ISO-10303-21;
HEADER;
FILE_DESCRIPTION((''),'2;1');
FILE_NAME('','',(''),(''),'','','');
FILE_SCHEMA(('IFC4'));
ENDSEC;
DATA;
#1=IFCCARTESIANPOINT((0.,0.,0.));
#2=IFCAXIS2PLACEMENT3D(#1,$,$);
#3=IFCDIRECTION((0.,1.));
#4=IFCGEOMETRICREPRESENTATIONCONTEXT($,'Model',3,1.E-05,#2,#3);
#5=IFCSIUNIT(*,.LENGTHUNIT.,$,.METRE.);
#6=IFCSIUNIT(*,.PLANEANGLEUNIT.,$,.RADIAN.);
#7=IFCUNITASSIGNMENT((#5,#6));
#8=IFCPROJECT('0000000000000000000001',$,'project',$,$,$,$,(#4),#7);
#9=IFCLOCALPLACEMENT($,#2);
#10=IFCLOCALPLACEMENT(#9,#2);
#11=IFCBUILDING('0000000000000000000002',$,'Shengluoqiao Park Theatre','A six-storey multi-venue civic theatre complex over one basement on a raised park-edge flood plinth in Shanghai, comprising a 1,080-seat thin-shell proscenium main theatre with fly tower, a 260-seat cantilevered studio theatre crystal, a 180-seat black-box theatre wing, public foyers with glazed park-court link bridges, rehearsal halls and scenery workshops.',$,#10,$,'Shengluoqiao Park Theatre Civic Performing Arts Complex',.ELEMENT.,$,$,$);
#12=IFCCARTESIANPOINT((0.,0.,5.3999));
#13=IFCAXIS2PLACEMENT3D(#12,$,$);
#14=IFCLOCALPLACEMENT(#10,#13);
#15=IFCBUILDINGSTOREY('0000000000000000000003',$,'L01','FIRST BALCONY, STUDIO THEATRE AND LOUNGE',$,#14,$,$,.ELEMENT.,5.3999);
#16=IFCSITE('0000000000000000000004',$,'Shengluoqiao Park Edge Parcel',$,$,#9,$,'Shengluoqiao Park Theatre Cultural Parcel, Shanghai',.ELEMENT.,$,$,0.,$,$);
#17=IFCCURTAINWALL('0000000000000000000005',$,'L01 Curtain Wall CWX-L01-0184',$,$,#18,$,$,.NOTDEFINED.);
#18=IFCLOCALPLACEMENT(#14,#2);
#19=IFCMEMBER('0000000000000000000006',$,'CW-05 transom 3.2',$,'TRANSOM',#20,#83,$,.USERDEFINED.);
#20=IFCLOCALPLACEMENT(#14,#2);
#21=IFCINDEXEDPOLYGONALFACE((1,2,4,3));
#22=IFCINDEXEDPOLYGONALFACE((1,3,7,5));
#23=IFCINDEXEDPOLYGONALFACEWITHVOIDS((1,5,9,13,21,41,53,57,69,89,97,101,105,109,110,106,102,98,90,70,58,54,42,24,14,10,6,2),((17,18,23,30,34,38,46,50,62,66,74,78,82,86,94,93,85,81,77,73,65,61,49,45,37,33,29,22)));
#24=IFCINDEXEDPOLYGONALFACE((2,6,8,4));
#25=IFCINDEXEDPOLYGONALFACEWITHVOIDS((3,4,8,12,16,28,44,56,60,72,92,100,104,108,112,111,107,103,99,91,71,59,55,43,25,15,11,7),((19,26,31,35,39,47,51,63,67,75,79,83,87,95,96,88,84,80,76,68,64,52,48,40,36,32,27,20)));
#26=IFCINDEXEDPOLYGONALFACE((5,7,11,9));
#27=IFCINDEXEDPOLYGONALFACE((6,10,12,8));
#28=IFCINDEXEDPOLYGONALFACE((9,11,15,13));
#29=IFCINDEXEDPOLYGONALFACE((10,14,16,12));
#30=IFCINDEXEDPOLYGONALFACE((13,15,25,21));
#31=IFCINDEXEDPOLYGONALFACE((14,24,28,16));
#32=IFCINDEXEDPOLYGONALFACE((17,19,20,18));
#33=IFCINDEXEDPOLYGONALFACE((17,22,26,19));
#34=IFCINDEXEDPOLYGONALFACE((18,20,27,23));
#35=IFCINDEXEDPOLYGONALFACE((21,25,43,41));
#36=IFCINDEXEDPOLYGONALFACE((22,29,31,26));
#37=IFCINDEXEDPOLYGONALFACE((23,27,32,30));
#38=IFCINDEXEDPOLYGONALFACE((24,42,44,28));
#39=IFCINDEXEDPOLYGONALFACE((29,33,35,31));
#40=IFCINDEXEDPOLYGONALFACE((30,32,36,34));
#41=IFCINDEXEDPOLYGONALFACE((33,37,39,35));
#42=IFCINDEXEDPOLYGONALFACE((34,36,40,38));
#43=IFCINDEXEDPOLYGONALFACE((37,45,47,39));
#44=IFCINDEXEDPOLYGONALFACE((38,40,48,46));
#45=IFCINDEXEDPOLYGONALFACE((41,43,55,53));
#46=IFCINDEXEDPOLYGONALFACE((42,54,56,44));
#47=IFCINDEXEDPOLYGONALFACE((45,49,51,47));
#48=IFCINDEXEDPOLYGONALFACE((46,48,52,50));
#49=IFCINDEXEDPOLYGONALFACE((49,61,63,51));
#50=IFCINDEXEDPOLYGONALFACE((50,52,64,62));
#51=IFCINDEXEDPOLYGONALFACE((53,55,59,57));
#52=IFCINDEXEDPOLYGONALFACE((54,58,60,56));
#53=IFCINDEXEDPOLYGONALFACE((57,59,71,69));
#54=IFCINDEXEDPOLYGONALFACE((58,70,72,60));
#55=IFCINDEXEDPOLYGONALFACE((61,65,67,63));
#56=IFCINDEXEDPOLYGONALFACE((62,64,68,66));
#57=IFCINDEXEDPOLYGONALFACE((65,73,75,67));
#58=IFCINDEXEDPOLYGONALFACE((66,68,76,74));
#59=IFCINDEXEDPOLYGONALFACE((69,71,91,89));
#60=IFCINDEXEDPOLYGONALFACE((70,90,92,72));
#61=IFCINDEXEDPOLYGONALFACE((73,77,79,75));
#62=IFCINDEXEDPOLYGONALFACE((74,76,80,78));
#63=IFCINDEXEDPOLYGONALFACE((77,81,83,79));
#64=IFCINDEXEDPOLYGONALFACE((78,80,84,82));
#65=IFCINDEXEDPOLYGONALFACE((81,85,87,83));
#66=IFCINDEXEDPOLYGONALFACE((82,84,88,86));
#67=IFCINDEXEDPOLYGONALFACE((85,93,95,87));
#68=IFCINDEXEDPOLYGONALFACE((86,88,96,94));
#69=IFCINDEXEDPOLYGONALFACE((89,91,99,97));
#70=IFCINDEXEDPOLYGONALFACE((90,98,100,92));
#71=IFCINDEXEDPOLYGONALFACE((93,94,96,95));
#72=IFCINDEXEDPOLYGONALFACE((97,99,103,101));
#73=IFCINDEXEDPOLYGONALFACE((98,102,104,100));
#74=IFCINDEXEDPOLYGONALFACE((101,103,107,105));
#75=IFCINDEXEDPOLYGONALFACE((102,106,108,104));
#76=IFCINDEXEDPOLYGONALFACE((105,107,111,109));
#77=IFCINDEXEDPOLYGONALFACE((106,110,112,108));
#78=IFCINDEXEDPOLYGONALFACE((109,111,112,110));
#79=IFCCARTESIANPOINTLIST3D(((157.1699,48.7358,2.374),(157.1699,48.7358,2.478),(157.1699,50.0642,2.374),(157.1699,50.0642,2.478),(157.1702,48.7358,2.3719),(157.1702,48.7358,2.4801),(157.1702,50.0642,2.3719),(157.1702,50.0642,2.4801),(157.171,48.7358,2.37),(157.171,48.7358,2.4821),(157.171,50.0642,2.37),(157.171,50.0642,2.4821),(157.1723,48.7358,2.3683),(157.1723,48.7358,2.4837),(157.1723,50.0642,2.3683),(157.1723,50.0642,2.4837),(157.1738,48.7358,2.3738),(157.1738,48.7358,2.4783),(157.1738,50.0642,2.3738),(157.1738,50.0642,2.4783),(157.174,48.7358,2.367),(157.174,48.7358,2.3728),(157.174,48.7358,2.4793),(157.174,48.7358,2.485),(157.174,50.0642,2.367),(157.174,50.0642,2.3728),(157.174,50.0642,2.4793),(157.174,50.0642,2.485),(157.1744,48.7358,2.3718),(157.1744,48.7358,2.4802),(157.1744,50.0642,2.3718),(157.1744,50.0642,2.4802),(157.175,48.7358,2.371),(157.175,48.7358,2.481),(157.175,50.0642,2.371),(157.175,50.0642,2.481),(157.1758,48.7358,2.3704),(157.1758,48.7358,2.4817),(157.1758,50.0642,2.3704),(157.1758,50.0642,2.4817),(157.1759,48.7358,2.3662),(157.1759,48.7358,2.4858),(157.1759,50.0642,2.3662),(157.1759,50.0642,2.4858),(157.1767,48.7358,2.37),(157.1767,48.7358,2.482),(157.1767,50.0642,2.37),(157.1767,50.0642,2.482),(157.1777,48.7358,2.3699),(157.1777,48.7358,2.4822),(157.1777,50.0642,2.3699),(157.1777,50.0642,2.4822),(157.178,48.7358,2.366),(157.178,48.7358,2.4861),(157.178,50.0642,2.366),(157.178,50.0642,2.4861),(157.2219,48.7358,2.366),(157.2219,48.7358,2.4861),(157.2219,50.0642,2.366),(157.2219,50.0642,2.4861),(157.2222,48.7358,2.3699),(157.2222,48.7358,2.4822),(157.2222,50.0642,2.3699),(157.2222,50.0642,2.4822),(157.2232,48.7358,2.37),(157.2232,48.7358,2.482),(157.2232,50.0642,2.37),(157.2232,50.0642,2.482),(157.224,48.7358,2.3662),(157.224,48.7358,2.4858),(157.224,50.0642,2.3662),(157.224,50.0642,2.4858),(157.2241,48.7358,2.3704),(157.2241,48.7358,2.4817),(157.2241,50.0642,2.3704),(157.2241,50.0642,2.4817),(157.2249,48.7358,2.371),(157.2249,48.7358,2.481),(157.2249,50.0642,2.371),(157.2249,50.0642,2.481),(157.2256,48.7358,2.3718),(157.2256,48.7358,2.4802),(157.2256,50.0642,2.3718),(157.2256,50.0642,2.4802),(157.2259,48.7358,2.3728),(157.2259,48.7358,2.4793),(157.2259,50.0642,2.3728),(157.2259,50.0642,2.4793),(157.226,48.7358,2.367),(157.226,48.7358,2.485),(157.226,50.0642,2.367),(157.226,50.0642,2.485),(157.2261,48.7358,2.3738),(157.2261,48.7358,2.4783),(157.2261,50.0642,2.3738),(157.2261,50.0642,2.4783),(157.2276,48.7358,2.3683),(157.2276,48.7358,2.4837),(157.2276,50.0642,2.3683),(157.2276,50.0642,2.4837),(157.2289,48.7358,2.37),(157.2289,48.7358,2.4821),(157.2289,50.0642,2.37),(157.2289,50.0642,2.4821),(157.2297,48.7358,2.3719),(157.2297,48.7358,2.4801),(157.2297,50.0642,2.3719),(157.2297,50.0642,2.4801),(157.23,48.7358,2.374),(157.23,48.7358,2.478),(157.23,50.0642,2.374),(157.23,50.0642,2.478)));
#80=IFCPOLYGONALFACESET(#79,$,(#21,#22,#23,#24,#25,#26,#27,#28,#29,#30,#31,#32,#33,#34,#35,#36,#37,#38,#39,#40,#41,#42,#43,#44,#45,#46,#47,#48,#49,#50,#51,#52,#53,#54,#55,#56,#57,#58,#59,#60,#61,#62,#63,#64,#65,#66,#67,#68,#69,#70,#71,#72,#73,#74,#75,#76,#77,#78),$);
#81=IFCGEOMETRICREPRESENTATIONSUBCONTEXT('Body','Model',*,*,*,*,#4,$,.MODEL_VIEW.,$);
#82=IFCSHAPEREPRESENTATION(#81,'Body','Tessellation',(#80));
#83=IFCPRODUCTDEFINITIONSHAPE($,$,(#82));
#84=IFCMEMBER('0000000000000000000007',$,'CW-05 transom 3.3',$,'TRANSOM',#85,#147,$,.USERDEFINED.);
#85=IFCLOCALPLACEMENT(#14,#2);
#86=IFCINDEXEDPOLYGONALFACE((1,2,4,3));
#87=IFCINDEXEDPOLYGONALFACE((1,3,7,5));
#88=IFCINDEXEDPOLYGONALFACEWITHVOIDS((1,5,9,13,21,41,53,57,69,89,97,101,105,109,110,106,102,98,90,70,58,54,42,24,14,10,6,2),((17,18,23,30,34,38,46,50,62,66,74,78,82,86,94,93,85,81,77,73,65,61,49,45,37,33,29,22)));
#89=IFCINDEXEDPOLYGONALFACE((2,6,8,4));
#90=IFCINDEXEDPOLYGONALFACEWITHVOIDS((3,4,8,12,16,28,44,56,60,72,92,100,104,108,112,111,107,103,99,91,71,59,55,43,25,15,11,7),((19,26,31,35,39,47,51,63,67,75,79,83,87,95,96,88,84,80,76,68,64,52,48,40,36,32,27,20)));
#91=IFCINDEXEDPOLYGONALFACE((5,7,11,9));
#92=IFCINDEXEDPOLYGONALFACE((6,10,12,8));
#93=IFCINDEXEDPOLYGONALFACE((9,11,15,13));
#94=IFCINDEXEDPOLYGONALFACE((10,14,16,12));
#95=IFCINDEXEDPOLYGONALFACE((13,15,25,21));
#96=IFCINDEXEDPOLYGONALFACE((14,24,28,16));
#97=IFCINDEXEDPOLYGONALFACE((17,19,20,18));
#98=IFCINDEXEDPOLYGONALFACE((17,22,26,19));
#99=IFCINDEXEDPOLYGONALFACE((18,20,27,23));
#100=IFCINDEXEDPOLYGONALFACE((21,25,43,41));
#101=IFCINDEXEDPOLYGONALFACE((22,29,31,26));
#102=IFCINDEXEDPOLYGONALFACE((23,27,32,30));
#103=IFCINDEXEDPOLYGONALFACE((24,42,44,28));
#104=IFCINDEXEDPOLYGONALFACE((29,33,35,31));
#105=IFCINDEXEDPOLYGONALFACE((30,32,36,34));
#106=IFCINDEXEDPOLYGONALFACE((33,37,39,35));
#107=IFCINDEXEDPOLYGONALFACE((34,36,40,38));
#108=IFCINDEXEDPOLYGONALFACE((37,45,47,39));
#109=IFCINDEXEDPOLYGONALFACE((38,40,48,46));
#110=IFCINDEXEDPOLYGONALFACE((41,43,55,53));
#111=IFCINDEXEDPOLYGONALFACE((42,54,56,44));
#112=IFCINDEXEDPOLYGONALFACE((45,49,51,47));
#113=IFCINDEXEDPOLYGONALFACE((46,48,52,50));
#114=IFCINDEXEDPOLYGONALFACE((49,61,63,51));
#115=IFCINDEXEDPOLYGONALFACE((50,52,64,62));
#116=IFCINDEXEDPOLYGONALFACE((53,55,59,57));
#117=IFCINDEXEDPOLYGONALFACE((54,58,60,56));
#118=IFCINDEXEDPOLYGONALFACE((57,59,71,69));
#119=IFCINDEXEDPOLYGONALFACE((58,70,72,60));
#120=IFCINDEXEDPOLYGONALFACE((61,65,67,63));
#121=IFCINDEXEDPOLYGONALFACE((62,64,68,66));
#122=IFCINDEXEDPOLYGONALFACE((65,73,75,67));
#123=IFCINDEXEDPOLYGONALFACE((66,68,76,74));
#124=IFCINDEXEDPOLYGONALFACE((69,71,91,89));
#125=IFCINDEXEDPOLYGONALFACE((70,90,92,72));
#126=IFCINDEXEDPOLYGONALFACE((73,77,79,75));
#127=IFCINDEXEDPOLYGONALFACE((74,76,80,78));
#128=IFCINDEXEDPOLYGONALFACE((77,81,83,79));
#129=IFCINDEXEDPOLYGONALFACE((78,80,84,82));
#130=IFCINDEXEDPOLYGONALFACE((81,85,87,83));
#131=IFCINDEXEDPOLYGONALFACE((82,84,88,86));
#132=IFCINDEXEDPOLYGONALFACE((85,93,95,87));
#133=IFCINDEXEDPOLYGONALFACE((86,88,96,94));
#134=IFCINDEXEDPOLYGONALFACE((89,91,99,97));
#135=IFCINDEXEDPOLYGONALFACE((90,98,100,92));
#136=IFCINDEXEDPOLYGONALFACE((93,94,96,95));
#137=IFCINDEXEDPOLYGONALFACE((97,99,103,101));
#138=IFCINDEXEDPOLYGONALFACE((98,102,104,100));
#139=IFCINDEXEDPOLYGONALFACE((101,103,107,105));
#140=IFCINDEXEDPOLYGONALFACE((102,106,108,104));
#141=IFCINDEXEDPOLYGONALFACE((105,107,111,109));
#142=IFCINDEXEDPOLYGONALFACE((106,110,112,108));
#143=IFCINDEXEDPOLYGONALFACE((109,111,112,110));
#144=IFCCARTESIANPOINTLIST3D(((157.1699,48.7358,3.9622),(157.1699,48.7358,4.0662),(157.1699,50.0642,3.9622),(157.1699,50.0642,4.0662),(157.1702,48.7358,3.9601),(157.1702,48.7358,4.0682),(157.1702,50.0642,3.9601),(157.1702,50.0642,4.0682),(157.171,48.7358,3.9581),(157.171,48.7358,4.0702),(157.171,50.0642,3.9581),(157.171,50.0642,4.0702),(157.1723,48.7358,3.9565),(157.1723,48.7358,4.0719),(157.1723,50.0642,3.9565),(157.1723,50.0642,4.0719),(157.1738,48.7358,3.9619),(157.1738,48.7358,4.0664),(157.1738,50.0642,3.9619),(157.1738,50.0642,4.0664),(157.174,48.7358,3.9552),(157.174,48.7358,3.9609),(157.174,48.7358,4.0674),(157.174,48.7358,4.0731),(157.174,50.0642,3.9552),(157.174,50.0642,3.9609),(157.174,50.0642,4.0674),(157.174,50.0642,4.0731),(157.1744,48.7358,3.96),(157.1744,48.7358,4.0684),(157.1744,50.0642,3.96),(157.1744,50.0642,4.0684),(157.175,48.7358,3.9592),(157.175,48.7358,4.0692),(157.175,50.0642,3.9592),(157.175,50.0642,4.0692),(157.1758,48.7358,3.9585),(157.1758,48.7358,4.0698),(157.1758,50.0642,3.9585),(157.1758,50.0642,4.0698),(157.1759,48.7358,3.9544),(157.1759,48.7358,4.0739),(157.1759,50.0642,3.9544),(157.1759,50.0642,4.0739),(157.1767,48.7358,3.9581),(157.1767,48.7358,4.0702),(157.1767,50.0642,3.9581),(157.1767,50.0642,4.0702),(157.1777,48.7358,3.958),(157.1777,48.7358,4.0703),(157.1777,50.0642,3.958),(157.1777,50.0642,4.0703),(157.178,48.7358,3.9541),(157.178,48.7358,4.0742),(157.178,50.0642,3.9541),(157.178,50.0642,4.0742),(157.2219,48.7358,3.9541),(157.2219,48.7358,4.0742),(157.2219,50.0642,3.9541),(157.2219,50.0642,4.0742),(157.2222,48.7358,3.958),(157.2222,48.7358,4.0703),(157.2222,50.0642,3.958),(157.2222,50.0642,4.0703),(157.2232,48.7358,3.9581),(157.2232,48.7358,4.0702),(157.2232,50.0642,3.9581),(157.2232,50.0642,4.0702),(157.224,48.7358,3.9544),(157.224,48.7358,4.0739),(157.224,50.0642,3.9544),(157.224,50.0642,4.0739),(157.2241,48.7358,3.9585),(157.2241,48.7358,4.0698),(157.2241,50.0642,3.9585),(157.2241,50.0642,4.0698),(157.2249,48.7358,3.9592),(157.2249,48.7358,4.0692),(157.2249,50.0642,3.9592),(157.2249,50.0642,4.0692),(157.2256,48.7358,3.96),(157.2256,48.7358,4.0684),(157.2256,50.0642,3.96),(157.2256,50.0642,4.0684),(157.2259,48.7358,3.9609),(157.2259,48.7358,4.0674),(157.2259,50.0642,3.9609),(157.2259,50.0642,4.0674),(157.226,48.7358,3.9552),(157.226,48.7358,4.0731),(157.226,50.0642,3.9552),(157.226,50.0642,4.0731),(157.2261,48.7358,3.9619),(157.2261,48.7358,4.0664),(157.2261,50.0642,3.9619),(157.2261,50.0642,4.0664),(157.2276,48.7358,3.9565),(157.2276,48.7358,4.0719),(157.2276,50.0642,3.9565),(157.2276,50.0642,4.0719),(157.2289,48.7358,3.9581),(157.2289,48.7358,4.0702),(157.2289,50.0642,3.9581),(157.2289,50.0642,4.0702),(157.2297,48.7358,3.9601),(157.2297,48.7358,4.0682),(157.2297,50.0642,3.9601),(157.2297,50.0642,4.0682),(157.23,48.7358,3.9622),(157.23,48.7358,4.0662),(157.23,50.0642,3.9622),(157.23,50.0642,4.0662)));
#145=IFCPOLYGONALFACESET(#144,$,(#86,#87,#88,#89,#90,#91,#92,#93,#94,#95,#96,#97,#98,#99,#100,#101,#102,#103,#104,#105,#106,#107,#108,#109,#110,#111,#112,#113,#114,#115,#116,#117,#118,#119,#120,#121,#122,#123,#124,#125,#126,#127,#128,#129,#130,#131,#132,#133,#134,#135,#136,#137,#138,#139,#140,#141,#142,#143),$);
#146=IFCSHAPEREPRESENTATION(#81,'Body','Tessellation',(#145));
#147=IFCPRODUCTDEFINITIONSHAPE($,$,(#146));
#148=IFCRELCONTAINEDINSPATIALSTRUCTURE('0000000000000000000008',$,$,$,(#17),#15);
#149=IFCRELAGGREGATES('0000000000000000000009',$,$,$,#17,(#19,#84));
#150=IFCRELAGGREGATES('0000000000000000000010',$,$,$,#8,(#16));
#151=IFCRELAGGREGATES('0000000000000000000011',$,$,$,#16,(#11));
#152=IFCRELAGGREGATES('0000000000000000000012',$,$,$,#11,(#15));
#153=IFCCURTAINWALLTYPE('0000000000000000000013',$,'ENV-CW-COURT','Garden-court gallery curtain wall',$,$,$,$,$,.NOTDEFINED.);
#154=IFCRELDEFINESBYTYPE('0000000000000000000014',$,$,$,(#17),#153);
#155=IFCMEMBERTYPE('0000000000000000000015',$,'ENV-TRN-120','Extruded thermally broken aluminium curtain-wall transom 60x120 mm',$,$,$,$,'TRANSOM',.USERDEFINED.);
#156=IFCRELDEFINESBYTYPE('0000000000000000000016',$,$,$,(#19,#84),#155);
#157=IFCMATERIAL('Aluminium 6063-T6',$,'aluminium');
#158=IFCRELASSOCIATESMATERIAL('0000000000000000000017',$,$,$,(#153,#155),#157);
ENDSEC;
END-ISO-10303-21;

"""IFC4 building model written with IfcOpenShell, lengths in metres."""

from ifc_helpers import new_model, si_unit, direction, frame, origin, origin_2d, place, context, subcontext, project, spatial, hollow_rectangle, extrude, material, material_profile, profile_set, type_object, element, aggregate, save


model = new_model("IFC4")

# Units and contexts
model_context = context("Model", 3, precision=1e-05, world=origin(), true_north=direction((0.0, 1.0)))
body_context = subcontext(model_context, "Body", "Model", "MODEL_VIEW")
ifc_project = project(units=[si_unit("LENGTHUNIT", "METRE"), si_unit("PLANEANGLEUNIT", "RADIAN")], contexts=[model_context])

# Site, building, storey
site_placement = place(None, origin())
site = spatial("IfcSite", under=ifc_project, at=site_placement, Name="Shengluoqiao Park Edge Parcel", LongName="Shengluoqiao Park Theatre Cultural Parcel, Shanghai", CompositionType="ELEMENT", RefElevation=0.0)
building_placement = place(site_placement, origin())
building = spatial("IfcBuilding", under=site, at=building_placement, Name="Shengluoqiao Park Theatre", Description="A six-storey multi-venue civic theatre complex over one basement on a raised park-edge flood plinth in Shanghai, comprising a 1,080-seat thin-shell proscenium main theatre with fly tower, a 260-seat cantilevered studio theatre crystal, a 180-seat black-box theatre wing, public foyers with glazed park-court link bridges, rehearsal halls and scenery workshops.", LongName="Shengluoqiao Park Theatre Civic Performing Arts Complex", CompositionType="ELEMENT")
storey_placement = place(building_placement, frame((0.0, 0.0, 5.3999)))
storey = spatial("IfcBuildingStorey", under=building, at=storey_placement, Name="L01", Description="FIRST BALCONY, STUDIO THEATRE AND LOUNGE", CompositionType="ELEMENT", Elevation=5.3999)

# Shared definitions
ifc_material_1 = material(Name="Aluminium 6063-T6", Category="aluminium")

# Curtain wall
curtain_wall_type_1 = type_object("IfcCurtainWallType", Name="ENV-CW-COURT", Description="Garden-court gallery curtain wall", PredefinedType="NOTDEFINED", material=ifc_material_1)
curtain_wall_1_placement = place(storey_placement, origin())
curtain_wall_1 = element("IfcCurtainWall", 1, at=curtain_wall_1_placement, inside=storey, type_object=curtain_wall_type_1, Name="L01 Curtain Wall CWX-L01-0184", PredefinedType="NOTDEFINED")

# Members
ifc_material_profile_1 = material_profile(ifc_material_1, hollow_rectangle(XDim=0.0601, YDim=0.1201, WallThickness=0.0039, InnerFilletRadius=0.0039, OuterFilletRadius=0.0081, at=origin_2d()), Name="ALU TRANSOM 120x60x4")
ifc_profile_set_1 = profile_set([ifc_material_profile_1], Name="Aluminium 6063-T6")
member_type_1 = type_object("IfcMemberType", Name="ENV-TRN-120", Description="Extruded thermally broken aluminium curtain-wall transom 60x120 mm", ElementType="TRANSOM", PredefinedType="USERDEFINED", material=ifc_profile_set_1)
member_1_placement = place(storey_placement, frame((157.2, 48.7358, 2.426), z_axis=(0.0, 1.0, 0.0), x_axis=(-1.0, 0.0, 0.0)))
member_1 = element("IfcMember", 2, at=member_1_placement, type_object=member_type_1, Name="CW-05 transom 3.2", ObjectType="TRANSOM", PredefinedType="USERDEFINED", context=body_context, shape_type="SweptSolid", body=[
    extrude(hollow_rectangle(XDim=0.0601, YDim=0.1201, WallThickness=0.0039, InnerFilletRadius=0.0039, OuterFilletRadius=0.0081, at=origin_2d()), origin(), (0.0, 0.0, 1.0), 1.3284),
])
member_2_placement = place(storey_placement, frame((157.2, 48.7358, 4.0142), z_axis=(0.0, 1.0, 0.0), x_axis=(-1.0, 0.0, 0.0)))
member_2 = element("IfcMember", 3, at=member_2_placement, type_object=member_type_1, Name="CW-05 transom 3.3", ObjectType="TRANSOM", PredefinedType="USERDEFINED", context=body_context, shape_type="SweptSolid", body=[
    extrude(hollow_rectangle(XDim=0.0601, YDim=0.1201, WallThickness=0.0039, InnerFilletRadius=0.0039, OuterFilletRadius=0.0081, at=origin_2d()), origin(), (0.0, 0.0, 1.0), 1.3284),
])

aggregate(curtain_wall_1, [member_1, member_2])

save(model, "model.ifc")
